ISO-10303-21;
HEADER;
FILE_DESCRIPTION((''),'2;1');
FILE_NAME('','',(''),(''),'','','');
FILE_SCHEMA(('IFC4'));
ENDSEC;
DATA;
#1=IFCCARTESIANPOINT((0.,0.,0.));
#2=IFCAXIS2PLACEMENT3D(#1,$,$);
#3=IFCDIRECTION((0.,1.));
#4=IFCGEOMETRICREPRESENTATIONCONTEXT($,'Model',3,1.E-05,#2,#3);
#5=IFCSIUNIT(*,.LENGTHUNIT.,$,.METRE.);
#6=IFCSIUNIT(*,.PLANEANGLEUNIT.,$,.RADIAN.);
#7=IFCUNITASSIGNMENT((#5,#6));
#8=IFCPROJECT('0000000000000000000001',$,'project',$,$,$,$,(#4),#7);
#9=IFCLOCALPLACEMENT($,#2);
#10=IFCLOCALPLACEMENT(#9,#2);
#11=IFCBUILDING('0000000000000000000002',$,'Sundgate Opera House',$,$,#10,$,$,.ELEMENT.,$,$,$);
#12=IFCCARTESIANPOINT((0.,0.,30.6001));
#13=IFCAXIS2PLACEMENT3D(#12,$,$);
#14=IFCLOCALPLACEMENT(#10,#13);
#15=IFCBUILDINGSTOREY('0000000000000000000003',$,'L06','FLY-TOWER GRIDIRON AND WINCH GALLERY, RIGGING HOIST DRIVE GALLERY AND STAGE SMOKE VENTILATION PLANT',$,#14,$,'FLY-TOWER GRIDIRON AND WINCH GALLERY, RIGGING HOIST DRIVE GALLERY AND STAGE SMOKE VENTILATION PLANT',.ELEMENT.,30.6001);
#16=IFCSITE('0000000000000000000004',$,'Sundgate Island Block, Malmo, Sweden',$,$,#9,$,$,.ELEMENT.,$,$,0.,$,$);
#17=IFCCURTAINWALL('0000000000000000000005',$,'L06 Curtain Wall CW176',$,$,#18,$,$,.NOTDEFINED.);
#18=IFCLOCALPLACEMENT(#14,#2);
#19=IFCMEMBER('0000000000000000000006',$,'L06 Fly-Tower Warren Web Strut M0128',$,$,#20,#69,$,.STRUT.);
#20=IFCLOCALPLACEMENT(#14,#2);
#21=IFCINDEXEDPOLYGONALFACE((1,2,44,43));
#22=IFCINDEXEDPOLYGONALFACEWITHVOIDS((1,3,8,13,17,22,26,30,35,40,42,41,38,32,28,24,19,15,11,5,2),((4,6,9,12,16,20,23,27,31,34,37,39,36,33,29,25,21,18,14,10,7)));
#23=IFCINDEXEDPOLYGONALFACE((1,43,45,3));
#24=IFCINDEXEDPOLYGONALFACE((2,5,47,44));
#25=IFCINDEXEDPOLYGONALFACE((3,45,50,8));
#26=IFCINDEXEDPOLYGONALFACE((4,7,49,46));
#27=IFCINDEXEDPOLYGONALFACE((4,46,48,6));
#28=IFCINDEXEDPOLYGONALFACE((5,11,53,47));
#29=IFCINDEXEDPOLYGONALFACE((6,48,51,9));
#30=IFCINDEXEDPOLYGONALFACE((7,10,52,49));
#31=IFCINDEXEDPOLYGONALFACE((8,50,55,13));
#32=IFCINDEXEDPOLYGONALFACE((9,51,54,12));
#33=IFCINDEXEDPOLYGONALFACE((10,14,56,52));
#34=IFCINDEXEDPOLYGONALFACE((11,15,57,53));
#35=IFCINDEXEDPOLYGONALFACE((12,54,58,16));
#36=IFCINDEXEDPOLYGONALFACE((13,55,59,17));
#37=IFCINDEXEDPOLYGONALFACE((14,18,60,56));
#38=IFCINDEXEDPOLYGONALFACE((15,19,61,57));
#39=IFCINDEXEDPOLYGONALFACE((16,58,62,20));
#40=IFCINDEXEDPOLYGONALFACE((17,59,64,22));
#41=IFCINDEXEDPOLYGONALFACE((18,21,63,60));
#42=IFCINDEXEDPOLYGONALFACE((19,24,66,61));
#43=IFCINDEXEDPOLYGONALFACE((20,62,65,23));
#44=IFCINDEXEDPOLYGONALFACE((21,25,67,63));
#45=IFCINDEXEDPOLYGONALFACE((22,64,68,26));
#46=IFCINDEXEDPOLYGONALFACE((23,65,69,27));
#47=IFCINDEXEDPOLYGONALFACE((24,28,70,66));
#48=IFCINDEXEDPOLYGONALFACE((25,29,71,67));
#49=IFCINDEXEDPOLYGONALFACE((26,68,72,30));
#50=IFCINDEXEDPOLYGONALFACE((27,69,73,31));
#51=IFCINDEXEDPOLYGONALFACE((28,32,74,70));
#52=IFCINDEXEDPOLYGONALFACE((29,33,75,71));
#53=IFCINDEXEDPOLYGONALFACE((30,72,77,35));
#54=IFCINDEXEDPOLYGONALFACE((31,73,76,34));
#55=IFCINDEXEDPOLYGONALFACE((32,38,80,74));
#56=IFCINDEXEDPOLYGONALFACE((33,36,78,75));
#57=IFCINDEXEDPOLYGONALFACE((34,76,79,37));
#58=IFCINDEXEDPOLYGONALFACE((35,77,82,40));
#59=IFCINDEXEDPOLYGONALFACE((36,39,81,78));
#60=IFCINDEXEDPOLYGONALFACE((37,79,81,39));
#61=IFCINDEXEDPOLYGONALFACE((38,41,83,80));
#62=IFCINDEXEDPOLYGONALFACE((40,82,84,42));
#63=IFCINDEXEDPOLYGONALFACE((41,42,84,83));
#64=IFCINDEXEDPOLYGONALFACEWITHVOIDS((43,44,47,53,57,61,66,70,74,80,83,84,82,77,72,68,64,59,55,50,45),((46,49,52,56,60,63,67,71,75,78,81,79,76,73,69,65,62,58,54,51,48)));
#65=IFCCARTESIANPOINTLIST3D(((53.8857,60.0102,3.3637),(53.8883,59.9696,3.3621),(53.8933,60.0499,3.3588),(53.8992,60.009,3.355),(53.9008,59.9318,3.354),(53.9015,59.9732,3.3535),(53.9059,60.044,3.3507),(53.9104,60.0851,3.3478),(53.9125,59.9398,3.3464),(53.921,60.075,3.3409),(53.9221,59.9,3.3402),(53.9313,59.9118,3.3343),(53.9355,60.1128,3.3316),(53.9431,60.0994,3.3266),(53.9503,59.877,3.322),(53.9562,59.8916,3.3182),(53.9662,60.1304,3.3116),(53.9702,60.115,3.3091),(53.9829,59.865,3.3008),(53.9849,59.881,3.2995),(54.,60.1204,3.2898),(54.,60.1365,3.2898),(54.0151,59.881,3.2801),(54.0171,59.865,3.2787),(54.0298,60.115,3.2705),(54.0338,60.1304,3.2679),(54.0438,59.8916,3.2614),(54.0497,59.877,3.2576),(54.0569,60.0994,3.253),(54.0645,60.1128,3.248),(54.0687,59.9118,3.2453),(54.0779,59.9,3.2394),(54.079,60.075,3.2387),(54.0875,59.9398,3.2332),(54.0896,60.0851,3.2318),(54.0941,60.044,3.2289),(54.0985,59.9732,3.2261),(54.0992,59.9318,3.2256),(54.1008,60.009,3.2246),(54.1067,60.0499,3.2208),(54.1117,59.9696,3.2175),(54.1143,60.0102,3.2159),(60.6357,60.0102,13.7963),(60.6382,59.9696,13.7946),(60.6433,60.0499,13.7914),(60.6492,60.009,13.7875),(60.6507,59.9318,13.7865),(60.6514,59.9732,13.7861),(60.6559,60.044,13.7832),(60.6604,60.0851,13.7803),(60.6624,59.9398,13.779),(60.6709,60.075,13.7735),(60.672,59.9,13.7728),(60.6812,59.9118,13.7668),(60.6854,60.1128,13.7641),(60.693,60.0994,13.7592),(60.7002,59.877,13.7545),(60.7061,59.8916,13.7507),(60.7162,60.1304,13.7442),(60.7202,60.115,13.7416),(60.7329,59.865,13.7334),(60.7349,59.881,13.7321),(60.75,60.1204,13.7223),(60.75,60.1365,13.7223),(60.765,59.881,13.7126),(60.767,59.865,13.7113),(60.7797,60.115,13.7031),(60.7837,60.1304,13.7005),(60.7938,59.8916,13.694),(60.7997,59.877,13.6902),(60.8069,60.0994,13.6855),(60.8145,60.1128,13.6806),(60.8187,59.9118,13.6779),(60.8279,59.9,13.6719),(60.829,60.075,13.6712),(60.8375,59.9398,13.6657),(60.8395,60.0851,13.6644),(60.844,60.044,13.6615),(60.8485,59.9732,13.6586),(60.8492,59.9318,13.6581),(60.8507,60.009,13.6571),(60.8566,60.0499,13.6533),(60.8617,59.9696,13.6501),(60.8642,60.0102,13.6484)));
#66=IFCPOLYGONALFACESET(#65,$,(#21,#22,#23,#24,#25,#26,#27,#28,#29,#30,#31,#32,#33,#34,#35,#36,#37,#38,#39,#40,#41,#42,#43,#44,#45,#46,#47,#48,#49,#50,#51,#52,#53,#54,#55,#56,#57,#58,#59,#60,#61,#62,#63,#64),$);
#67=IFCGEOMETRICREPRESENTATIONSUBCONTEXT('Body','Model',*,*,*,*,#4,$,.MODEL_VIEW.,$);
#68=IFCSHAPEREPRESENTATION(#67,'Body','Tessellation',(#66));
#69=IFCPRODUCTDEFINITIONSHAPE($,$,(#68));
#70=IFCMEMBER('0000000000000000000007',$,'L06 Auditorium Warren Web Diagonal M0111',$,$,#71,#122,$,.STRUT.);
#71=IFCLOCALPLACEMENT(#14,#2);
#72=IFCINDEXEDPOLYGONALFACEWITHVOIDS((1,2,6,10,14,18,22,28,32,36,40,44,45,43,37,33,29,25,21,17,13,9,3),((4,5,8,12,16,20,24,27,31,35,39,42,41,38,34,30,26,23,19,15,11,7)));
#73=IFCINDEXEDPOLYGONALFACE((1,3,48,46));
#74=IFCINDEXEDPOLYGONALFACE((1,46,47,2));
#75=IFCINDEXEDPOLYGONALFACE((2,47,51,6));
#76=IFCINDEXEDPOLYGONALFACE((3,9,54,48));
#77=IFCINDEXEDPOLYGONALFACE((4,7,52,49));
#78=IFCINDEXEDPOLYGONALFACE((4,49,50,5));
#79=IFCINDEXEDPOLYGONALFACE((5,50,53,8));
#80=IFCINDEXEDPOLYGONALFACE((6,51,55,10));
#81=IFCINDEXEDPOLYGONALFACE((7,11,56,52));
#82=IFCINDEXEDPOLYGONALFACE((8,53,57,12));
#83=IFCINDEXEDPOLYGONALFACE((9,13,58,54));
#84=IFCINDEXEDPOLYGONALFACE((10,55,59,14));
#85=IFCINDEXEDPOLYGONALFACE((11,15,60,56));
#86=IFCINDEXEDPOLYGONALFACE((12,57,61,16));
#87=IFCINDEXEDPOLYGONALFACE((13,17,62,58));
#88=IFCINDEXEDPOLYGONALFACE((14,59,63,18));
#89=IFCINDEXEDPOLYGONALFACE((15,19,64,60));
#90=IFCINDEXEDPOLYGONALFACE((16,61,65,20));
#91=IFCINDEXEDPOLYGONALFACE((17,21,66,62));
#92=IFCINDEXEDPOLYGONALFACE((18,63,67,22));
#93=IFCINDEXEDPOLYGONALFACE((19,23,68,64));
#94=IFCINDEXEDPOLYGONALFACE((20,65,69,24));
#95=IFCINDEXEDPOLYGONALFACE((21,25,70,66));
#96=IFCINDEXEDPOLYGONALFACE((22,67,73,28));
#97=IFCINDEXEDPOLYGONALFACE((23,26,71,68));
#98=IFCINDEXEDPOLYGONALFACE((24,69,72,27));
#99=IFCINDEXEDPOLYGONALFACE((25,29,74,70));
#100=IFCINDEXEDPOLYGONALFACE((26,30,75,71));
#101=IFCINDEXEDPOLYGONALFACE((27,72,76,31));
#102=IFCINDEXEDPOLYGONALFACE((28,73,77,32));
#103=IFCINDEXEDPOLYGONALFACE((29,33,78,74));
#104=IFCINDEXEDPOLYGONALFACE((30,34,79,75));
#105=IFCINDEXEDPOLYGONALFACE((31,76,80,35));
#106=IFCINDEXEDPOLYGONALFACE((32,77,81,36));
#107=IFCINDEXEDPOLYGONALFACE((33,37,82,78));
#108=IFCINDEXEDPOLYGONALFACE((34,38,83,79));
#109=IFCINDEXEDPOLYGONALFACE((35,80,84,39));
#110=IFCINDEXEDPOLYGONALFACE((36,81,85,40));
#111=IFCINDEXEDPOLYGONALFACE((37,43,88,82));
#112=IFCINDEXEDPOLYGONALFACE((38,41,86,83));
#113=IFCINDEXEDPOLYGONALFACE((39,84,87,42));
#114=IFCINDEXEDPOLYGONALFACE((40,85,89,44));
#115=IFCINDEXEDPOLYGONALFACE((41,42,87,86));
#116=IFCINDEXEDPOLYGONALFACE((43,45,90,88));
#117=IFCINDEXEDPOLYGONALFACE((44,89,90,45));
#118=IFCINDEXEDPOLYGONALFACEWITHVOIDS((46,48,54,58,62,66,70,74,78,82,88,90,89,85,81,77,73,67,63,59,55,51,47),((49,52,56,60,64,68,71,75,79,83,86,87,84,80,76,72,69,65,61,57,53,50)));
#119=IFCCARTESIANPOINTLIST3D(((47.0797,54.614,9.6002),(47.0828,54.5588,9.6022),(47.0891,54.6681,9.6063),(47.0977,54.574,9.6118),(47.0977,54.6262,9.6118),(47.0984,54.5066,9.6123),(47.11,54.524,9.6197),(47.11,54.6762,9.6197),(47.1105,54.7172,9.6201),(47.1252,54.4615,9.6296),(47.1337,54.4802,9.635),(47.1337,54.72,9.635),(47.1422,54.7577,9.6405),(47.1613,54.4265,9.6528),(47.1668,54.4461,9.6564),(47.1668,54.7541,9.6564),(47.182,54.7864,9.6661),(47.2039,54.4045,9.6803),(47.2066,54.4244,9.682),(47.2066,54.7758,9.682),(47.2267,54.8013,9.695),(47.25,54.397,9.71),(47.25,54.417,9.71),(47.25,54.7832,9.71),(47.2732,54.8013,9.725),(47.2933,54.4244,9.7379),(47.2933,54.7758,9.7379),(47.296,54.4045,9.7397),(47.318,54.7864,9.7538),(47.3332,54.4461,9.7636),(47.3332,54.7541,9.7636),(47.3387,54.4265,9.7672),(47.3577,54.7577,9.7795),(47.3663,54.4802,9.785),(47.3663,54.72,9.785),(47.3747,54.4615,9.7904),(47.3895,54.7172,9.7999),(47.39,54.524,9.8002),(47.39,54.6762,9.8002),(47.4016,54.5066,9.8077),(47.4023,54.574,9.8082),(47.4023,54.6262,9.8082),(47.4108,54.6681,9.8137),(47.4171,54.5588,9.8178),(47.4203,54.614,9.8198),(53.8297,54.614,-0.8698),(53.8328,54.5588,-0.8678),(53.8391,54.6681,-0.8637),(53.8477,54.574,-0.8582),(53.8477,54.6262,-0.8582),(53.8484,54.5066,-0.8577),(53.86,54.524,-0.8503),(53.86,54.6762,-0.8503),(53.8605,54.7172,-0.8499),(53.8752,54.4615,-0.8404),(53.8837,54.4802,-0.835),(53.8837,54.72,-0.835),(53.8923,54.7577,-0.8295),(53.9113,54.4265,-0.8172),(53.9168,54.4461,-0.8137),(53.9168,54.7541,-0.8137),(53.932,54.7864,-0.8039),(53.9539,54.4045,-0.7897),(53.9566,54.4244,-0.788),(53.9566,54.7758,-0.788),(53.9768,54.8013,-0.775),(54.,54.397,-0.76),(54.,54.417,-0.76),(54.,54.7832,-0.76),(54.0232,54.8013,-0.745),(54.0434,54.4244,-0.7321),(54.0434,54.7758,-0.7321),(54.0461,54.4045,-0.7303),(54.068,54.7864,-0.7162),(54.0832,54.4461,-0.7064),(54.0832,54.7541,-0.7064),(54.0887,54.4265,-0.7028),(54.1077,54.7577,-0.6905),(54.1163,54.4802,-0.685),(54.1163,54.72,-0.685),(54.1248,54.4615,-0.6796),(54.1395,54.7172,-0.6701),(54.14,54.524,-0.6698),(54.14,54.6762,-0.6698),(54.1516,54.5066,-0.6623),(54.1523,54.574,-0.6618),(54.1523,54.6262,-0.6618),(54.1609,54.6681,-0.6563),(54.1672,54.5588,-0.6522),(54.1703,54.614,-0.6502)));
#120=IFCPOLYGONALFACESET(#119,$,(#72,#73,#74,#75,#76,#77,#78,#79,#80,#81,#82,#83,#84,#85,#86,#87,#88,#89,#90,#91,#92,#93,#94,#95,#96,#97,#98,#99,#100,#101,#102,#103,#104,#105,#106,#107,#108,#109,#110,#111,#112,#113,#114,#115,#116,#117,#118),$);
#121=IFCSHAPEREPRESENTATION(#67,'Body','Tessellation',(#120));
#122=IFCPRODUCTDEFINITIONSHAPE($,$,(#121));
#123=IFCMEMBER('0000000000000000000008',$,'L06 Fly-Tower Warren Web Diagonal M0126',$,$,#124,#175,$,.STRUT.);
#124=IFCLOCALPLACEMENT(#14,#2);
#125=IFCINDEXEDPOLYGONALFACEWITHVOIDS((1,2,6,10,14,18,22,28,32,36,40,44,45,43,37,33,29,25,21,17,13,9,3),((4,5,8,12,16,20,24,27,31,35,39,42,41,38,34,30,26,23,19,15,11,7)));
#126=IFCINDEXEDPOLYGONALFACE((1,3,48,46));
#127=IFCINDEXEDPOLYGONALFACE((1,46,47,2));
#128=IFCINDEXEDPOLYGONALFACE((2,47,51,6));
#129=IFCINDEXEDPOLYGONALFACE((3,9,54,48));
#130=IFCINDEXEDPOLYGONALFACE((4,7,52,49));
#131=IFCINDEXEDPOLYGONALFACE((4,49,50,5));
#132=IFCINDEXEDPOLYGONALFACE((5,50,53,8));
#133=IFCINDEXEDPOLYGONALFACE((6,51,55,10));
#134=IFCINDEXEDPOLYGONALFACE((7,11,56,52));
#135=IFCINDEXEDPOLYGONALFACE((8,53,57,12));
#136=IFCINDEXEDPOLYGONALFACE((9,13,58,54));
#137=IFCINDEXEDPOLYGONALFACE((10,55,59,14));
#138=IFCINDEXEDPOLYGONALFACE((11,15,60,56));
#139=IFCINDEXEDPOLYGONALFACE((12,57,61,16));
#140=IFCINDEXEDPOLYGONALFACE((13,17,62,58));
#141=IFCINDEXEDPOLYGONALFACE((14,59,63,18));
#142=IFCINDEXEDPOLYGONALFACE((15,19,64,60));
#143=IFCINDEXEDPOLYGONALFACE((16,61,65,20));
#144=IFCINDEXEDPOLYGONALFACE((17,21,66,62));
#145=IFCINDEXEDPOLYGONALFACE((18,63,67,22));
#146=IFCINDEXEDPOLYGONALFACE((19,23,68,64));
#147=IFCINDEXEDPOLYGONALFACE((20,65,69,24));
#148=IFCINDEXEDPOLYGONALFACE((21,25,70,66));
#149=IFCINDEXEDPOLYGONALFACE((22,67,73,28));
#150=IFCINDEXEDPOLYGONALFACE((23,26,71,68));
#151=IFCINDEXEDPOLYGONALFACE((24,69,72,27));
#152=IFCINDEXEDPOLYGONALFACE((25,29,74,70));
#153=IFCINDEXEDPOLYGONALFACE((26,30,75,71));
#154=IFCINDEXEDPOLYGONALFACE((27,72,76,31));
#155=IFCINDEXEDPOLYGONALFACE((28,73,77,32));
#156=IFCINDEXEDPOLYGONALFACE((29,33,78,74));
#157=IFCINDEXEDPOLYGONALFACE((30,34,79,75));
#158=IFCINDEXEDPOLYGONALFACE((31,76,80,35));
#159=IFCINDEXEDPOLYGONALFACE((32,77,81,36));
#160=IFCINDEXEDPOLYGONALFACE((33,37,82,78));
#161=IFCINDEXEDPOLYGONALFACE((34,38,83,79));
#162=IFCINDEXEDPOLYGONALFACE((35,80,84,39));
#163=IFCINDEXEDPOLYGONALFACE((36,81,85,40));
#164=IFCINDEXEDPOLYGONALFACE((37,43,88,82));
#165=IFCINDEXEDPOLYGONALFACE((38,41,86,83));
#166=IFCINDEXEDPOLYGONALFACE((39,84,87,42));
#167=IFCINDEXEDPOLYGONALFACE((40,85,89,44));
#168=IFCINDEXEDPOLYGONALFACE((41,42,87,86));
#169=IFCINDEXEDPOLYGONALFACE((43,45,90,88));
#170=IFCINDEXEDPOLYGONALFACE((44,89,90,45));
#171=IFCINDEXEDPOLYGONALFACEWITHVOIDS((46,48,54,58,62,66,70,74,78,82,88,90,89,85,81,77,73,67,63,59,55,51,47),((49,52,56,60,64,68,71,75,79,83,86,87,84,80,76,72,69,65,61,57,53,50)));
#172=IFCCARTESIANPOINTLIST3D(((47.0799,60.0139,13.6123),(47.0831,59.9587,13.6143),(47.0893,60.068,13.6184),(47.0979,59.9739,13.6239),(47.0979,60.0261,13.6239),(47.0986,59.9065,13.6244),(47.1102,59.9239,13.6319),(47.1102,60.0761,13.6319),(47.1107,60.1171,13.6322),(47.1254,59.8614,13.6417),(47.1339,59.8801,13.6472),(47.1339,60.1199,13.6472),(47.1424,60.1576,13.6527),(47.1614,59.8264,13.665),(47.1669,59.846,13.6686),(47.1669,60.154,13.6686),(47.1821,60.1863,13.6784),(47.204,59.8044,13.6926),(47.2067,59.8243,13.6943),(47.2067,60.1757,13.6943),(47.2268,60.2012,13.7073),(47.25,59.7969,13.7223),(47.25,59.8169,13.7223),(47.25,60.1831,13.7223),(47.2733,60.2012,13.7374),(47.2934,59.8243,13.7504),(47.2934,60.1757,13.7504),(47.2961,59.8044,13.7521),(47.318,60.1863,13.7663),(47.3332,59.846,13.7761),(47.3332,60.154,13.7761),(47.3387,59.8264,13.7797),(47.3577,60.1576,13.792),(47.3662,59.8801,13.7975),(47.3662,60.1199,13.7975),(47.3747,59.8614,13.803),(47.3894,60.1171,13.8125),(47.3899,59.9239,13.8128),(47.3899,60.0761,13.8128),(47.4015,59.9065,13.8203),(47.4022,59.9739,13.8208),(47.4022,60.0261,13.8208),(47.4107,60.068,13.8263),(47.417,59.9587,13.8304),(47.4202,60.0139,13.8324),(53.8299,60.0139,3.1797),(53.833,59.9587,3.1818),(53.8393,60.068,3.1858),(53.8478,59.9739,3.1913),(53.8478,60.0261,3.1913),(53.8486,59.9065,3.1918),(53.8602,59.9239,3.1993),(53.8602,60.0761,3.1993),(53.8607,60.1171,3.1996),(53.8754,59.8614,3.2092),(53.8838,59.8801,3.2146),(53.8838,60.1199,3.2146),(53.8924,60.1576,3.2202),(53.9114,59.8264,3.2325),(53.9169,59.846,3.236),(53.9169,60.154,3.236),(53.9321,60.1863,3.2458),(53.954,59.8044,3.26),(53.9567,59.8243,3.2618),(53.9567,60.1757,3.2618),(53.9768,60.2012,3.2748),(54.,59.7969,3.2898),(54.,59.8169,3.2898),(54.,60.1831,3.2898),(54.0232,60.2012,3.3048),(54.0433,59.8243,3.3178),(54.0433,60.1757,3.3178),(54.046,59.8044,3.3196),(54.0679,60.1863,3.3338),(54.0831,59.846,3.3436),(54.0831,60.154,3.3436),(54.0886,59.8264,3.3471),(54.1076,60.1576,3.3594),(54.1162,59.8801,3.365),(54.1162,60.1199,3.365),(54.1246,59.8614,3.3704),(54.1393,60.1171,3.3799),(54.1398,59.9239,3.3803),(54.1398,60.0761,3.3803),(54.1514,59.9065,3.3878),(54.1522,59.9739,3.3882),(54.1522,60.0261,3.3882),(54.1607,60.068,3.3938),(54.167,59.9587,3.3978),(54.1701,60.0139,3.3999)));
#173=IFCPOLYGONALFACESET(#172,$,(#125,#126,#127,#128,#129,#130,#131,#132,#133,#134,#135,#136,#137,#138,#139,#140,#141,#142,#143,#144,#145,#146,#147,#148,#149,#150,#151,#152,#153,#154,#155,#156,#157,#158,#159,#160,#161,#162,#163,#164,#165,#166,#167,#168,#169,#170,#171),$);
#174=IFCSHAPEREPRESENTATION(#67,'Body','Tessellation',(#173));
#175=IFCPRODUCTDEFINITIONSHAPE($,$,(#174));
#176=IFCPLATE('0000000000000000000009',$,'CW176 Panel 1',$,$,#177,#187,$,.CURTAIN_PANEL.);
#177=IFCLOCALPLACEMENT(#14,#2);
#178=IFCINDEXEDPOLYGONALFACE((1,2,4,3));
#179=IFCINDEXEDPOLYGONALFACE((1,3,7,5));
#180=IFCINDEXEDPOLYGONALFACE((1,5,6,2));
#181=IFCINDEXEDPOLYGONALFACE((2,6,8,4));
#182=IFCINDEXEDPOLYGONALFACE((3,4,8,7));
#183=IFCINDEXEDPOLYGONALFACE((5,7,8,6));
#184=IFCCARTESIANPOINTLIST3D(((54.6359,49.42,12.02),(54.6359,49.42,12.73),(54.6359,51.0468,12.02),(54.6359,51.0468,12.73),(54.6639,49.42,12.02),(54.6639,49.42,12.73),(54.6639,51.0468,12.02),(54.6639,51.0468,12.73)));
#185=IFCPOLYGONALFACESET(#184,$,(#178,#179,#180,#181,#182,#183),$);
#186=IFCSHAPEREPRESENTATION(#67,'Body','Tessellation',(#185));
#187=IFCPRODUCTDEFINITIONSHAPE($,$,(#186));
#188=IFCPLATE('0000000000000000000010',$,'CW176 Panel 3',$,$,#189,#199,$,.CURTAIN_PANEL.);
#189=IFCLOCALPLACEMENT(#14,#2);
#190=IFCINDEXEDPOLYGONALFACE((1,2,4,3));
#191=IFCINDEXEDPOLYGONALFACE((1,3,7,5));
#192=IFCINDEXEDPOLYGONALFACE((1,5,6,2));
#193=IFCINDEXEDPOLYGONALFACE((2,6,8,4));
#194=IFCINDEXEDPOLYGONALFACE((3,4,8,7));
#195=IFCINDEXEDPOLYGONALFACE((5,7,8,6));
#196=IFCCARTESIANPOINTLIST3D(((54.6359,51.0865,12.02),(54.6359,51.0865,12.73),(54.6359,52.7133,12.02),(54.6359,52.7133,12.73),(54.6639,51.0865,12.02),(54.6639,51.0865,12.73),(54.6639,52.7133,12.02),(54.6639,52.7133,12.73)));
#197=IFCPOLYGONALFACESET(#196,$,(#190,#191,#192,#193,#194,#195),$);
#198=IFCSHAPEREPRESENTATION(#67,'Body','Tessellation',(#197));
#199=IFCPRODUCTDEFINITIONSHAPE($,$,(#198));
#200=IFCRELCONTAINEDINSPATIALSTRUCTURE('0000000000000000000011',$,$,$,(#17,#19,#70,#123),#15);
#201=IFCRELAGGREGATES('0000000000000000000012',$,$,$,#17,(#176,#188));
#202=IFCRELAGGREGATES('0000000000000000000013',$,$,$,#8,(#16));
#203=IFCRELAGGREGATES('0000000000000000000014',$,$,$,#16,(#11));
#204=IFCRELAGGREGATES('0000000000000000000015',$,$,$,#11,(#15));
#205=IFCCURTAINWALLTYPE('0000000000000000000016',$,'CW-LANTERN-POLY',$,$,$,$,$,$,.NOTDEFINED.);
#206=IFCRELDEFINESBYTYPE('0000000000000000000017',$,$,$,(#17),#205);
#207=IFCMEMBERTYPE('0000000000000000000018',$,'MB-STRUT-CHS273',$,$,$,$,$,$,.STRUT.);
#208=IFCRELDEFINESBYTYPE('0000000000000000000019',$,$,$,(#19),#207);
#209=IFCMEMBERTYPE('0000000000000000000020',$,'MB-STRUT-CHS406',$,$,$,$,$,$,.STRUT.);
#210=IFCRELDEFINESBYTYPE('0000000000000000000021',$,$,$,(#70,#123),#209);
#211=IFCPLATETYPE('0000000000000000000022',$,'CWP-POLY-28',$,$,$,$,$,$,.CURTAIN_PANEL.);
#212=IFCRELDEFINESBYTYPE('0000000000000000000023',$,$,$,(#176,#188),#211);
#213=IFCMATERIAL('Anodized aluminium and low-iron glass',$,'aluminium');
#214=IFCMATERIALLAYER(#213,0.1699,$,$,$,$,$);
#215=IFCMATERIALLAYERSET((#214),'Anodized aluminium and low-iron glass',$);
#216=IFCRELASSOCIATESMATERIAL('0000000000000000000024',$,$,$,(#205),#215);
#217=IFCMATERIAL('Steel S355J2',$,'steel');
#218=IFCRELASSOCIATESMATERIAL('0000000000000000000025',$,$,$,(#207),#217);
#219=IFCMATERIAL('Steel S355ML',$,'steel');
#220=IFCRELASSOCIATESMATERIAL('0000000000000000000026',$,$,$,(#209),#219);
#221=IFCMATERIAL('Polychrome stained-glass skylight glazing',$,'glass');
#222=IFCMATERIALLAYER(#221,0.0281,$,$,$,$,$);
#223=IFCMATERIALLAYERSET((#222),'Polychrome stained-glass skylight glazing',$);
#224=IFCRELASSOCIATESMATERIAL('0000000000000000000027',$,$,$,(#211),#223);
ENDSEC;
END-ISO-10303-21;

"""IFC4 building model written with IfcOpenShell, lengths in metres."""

from ifc_helpers import new_model, si_unit, direction, frame, origin, origin_2d, place, context, subcontext, project, spatial, rectangle, hollow_circle, extrude, material, layer, layer_set, material_profile, profile_set, type_object, element, aggregate, save


model = new_model("IFC4")

# Units and contexts
model_context = context("Model", 3, precision=1e-05, world=origin(), true_north=direction((0.0, 1.0)))
body_context = subcontext(model_context, "Body", "Model", "MODEL_VIEW")
ifc_project = project(units=[si_unit("LENGTHUNIT", "METRE"), si_unit("PLANEANGLEUNIT", "RADIAN")], contexts=[model_context])

# Site, building, storey
site_placement = place(None, origin())
site = spatial("IfcSite", under=ifc_project, at=site_placement, Name="Sundgate Island Block, Malmo, Sweden", CompositionType="ELEMENT", RefElevation=0.0)
building_placement = place(site_placement, origin())
building = spatial("IfcBuilding", under=site, at=building_placement, Name="Sundgate Opera House", CompositionType="ELEMENT")
storey_placement = place(building_placement, frame((0.0, 0.0, 30.6001)))
storey = spatial("IfcBuildingStorey", under=building, at=storey_placement, Name="L06", Description="FLY-TOWER GRIDIRON AND WINCH GALLERY, RIGGING HOIST DRIVE GALLERY AND STAGE SMOKE VENTILATION PLANT", LongName="FLY-TOWER GRIDIRON AND WINCH GALLERY, RIGGING HOIST DRIVE GALLERY AND STAGE SMOKE VENTILATION PLANT", CompositionType="ELEMENT", Elevation=30.6001)

# Curtain wall
ifc_material_1 = material(Name="Anodized aluminium and low-iron glass", Category="aluminium")
ifc_layer_1 = layer(ifc_material_1, 0.1699)
ifc_layer_set_1 = layer_set([ifc_layer_1], Name="Anodized aluminium and low-iron glass")
curtain_wall_type = type_object("IfcCurtainWallType", Name="CW-LANTERN-POLY", PredefinedType="NOTDEFINED", material=ifc_layer_set_1)
curtain_wall_1_placement = place(storey_placement, origin())
curtain_wall_1 = element("IfcCurtainWall", 1, at=curtain_wall_1_placement, inside=storey, type_object=curtain_wall_type, Name="L06 Curtain Wall CW176", PredefinedType="NOTDEFINED")

# Members
ifc_material_2 = material(Name="Steel S355J2", Category="steel")
ifc_material_profile_1 = material_profile(ifc_material_2, hollow_circle(Radius=0.1365, WallThickness=0.0161, at=origin_2d()), Name="CHS 273.0x16.0")
ifc_profile_set_1 = profile_set([ifc_material_profile_1], Name="Steel S355J2")
member_type_1 = type_object("IfcMemberType", Name="MB-STRUT-CHS273", PredefinedType="STRUT", material=ifc_profile_set_1)
member_1_placement = place(storey_placement, frame((54.0, 60.0, 3.2898), z_axis=(0.543222, 0.0, 0.839589), x_axis=(0.0, 1.0, 0.0)))
element("IfcMember", 2, at=member_1_placement, inside=storey, type_object=member_type_1, Name="L06 Fly-Tower Warren Web Strut M0128", PredefinedType="STRUT", context=body_context, shape_type="SweptSolid", body=[
    extrude(hollow_circle(Radius=0.1365, WallThickness=0.0161, at=origin_2d()), origin(), (0.0, 0.0, 1.0), 12.4258),
])
ifc_material_3 = material(Name="Steel S355ML", Category="steel")
ifc_material_profile_2 = material_profile(ifc_material_3, hollow_circle(Radius=0.2031, WallThickness=0.02, at=origin_2d()), Name="CHS 406.4x20.0")
ifc_profile_set_2 = profile_set([ifc_material_profile_2], Name="Steel S355ML")
member_type_2 = type_object("IfcMemberType", Name="MB-STRUT-CHS406", PredefinedType="STRUT", material=ifc_profile_set_2)
member_2_placement = place(storey_placement, frame((54.0, 54.6001, -0.76), z_axis=(-0.541854, 0.0, 0.840473), x_axis=(0.0, -1.0, 0.0)))
element("IfcMember", 3, at=member_2_placement, inside=storey, type_object=member_type_2, Name="L06 Auditorium Warren Web Diagonal M0111", PredefinedType="STRUT", context=body_context, shape_type="SweptSolid", body=[
    extrude(hollow_circle(Radius=0.2031, WallThickness=0.02, at=origin_2d()), origin(), (0.0, 0.0, 1.0), 12.4573),
])
member_3_placement = place(storey_placement, frame((54.0, 60.0, 3.2898), z_axis=(-0.543222, 0.0, 0.839589), x_axis=(0.0, -1.0, 0.0)))
element("IfcMember", 4, at=member_3_placement, inside=storey, type_object=member_type_2, Name="L06 Fly-Tower Warren Web Diagonal M0126", PredefinedType="STRUT", context=body_context, shape_type="SweptSolid", body=[
    extrude(hollow_circle(Radius=0.2031, WallThickness=0.02, at=origin_2d()), origin(), (0.0, 0.0, 1.0), 12.4258),
])

# Plates
ifc_material_4 = material(Name="Polychrome stained-glass skylight glazing", Category="glass")
ifc_layer_2 = layer(ifc_material_4, 0.0281)
ifc_layer_set_2 = layer_set([ifc_layer_2], Name="Polychrome stained-glass skylight glazing")
plate_type_1 = type_object("IfcPlateType", Name="CWP-POLY-28", PredefinedType="CURTAIN_PANEL", material=ifc_layer_set_2)
plate_1_placement = place(storey_placement, frame((54.6499, 50.2334, 12.02), z_axis=(0.0, 0.0, 1.0), x_axis=(0.0, 1.0, 0.0)))
plate_1 = element("IfcPlate", 5, at=plate_1_placement, type_object=plate_type_1, Name="CW176 Panel 1", PredefinedType="CURTAIN_PANEL", context=body_context, shape_type="SweptSolid", body=[
    extrude(rectangle(XDim=1.6267, YDim=0.0281, at=origin_2d()), origin(), (0.0, 0.0, 1.0), 0.71),
])
plate_2_placement = place(storey_placement, frame((54.6499, 51.8999, 12.02), z_axis=(0.0, 0.0, 1.0), x_axis=(0.0, 1.0, 0.0)))
plate_2 = element("IfcPlate", 6, at=plate_2_placement, type_object=plate_type_1, Name="CW176 Panel 3", PredefinedType="CURTAIN_PANEL", context=body_context, shape_type="SweptSolid", body=[
    extrude(rectangle(XDim=1.6267, YDim=0.0281, at=origin_2d()), origin(), (0.0, 0.0, 1.0), 0.71),
])
aggregate(curtain_wall_1, [plate_1, plate_2])

save(model, "model.ifc")
